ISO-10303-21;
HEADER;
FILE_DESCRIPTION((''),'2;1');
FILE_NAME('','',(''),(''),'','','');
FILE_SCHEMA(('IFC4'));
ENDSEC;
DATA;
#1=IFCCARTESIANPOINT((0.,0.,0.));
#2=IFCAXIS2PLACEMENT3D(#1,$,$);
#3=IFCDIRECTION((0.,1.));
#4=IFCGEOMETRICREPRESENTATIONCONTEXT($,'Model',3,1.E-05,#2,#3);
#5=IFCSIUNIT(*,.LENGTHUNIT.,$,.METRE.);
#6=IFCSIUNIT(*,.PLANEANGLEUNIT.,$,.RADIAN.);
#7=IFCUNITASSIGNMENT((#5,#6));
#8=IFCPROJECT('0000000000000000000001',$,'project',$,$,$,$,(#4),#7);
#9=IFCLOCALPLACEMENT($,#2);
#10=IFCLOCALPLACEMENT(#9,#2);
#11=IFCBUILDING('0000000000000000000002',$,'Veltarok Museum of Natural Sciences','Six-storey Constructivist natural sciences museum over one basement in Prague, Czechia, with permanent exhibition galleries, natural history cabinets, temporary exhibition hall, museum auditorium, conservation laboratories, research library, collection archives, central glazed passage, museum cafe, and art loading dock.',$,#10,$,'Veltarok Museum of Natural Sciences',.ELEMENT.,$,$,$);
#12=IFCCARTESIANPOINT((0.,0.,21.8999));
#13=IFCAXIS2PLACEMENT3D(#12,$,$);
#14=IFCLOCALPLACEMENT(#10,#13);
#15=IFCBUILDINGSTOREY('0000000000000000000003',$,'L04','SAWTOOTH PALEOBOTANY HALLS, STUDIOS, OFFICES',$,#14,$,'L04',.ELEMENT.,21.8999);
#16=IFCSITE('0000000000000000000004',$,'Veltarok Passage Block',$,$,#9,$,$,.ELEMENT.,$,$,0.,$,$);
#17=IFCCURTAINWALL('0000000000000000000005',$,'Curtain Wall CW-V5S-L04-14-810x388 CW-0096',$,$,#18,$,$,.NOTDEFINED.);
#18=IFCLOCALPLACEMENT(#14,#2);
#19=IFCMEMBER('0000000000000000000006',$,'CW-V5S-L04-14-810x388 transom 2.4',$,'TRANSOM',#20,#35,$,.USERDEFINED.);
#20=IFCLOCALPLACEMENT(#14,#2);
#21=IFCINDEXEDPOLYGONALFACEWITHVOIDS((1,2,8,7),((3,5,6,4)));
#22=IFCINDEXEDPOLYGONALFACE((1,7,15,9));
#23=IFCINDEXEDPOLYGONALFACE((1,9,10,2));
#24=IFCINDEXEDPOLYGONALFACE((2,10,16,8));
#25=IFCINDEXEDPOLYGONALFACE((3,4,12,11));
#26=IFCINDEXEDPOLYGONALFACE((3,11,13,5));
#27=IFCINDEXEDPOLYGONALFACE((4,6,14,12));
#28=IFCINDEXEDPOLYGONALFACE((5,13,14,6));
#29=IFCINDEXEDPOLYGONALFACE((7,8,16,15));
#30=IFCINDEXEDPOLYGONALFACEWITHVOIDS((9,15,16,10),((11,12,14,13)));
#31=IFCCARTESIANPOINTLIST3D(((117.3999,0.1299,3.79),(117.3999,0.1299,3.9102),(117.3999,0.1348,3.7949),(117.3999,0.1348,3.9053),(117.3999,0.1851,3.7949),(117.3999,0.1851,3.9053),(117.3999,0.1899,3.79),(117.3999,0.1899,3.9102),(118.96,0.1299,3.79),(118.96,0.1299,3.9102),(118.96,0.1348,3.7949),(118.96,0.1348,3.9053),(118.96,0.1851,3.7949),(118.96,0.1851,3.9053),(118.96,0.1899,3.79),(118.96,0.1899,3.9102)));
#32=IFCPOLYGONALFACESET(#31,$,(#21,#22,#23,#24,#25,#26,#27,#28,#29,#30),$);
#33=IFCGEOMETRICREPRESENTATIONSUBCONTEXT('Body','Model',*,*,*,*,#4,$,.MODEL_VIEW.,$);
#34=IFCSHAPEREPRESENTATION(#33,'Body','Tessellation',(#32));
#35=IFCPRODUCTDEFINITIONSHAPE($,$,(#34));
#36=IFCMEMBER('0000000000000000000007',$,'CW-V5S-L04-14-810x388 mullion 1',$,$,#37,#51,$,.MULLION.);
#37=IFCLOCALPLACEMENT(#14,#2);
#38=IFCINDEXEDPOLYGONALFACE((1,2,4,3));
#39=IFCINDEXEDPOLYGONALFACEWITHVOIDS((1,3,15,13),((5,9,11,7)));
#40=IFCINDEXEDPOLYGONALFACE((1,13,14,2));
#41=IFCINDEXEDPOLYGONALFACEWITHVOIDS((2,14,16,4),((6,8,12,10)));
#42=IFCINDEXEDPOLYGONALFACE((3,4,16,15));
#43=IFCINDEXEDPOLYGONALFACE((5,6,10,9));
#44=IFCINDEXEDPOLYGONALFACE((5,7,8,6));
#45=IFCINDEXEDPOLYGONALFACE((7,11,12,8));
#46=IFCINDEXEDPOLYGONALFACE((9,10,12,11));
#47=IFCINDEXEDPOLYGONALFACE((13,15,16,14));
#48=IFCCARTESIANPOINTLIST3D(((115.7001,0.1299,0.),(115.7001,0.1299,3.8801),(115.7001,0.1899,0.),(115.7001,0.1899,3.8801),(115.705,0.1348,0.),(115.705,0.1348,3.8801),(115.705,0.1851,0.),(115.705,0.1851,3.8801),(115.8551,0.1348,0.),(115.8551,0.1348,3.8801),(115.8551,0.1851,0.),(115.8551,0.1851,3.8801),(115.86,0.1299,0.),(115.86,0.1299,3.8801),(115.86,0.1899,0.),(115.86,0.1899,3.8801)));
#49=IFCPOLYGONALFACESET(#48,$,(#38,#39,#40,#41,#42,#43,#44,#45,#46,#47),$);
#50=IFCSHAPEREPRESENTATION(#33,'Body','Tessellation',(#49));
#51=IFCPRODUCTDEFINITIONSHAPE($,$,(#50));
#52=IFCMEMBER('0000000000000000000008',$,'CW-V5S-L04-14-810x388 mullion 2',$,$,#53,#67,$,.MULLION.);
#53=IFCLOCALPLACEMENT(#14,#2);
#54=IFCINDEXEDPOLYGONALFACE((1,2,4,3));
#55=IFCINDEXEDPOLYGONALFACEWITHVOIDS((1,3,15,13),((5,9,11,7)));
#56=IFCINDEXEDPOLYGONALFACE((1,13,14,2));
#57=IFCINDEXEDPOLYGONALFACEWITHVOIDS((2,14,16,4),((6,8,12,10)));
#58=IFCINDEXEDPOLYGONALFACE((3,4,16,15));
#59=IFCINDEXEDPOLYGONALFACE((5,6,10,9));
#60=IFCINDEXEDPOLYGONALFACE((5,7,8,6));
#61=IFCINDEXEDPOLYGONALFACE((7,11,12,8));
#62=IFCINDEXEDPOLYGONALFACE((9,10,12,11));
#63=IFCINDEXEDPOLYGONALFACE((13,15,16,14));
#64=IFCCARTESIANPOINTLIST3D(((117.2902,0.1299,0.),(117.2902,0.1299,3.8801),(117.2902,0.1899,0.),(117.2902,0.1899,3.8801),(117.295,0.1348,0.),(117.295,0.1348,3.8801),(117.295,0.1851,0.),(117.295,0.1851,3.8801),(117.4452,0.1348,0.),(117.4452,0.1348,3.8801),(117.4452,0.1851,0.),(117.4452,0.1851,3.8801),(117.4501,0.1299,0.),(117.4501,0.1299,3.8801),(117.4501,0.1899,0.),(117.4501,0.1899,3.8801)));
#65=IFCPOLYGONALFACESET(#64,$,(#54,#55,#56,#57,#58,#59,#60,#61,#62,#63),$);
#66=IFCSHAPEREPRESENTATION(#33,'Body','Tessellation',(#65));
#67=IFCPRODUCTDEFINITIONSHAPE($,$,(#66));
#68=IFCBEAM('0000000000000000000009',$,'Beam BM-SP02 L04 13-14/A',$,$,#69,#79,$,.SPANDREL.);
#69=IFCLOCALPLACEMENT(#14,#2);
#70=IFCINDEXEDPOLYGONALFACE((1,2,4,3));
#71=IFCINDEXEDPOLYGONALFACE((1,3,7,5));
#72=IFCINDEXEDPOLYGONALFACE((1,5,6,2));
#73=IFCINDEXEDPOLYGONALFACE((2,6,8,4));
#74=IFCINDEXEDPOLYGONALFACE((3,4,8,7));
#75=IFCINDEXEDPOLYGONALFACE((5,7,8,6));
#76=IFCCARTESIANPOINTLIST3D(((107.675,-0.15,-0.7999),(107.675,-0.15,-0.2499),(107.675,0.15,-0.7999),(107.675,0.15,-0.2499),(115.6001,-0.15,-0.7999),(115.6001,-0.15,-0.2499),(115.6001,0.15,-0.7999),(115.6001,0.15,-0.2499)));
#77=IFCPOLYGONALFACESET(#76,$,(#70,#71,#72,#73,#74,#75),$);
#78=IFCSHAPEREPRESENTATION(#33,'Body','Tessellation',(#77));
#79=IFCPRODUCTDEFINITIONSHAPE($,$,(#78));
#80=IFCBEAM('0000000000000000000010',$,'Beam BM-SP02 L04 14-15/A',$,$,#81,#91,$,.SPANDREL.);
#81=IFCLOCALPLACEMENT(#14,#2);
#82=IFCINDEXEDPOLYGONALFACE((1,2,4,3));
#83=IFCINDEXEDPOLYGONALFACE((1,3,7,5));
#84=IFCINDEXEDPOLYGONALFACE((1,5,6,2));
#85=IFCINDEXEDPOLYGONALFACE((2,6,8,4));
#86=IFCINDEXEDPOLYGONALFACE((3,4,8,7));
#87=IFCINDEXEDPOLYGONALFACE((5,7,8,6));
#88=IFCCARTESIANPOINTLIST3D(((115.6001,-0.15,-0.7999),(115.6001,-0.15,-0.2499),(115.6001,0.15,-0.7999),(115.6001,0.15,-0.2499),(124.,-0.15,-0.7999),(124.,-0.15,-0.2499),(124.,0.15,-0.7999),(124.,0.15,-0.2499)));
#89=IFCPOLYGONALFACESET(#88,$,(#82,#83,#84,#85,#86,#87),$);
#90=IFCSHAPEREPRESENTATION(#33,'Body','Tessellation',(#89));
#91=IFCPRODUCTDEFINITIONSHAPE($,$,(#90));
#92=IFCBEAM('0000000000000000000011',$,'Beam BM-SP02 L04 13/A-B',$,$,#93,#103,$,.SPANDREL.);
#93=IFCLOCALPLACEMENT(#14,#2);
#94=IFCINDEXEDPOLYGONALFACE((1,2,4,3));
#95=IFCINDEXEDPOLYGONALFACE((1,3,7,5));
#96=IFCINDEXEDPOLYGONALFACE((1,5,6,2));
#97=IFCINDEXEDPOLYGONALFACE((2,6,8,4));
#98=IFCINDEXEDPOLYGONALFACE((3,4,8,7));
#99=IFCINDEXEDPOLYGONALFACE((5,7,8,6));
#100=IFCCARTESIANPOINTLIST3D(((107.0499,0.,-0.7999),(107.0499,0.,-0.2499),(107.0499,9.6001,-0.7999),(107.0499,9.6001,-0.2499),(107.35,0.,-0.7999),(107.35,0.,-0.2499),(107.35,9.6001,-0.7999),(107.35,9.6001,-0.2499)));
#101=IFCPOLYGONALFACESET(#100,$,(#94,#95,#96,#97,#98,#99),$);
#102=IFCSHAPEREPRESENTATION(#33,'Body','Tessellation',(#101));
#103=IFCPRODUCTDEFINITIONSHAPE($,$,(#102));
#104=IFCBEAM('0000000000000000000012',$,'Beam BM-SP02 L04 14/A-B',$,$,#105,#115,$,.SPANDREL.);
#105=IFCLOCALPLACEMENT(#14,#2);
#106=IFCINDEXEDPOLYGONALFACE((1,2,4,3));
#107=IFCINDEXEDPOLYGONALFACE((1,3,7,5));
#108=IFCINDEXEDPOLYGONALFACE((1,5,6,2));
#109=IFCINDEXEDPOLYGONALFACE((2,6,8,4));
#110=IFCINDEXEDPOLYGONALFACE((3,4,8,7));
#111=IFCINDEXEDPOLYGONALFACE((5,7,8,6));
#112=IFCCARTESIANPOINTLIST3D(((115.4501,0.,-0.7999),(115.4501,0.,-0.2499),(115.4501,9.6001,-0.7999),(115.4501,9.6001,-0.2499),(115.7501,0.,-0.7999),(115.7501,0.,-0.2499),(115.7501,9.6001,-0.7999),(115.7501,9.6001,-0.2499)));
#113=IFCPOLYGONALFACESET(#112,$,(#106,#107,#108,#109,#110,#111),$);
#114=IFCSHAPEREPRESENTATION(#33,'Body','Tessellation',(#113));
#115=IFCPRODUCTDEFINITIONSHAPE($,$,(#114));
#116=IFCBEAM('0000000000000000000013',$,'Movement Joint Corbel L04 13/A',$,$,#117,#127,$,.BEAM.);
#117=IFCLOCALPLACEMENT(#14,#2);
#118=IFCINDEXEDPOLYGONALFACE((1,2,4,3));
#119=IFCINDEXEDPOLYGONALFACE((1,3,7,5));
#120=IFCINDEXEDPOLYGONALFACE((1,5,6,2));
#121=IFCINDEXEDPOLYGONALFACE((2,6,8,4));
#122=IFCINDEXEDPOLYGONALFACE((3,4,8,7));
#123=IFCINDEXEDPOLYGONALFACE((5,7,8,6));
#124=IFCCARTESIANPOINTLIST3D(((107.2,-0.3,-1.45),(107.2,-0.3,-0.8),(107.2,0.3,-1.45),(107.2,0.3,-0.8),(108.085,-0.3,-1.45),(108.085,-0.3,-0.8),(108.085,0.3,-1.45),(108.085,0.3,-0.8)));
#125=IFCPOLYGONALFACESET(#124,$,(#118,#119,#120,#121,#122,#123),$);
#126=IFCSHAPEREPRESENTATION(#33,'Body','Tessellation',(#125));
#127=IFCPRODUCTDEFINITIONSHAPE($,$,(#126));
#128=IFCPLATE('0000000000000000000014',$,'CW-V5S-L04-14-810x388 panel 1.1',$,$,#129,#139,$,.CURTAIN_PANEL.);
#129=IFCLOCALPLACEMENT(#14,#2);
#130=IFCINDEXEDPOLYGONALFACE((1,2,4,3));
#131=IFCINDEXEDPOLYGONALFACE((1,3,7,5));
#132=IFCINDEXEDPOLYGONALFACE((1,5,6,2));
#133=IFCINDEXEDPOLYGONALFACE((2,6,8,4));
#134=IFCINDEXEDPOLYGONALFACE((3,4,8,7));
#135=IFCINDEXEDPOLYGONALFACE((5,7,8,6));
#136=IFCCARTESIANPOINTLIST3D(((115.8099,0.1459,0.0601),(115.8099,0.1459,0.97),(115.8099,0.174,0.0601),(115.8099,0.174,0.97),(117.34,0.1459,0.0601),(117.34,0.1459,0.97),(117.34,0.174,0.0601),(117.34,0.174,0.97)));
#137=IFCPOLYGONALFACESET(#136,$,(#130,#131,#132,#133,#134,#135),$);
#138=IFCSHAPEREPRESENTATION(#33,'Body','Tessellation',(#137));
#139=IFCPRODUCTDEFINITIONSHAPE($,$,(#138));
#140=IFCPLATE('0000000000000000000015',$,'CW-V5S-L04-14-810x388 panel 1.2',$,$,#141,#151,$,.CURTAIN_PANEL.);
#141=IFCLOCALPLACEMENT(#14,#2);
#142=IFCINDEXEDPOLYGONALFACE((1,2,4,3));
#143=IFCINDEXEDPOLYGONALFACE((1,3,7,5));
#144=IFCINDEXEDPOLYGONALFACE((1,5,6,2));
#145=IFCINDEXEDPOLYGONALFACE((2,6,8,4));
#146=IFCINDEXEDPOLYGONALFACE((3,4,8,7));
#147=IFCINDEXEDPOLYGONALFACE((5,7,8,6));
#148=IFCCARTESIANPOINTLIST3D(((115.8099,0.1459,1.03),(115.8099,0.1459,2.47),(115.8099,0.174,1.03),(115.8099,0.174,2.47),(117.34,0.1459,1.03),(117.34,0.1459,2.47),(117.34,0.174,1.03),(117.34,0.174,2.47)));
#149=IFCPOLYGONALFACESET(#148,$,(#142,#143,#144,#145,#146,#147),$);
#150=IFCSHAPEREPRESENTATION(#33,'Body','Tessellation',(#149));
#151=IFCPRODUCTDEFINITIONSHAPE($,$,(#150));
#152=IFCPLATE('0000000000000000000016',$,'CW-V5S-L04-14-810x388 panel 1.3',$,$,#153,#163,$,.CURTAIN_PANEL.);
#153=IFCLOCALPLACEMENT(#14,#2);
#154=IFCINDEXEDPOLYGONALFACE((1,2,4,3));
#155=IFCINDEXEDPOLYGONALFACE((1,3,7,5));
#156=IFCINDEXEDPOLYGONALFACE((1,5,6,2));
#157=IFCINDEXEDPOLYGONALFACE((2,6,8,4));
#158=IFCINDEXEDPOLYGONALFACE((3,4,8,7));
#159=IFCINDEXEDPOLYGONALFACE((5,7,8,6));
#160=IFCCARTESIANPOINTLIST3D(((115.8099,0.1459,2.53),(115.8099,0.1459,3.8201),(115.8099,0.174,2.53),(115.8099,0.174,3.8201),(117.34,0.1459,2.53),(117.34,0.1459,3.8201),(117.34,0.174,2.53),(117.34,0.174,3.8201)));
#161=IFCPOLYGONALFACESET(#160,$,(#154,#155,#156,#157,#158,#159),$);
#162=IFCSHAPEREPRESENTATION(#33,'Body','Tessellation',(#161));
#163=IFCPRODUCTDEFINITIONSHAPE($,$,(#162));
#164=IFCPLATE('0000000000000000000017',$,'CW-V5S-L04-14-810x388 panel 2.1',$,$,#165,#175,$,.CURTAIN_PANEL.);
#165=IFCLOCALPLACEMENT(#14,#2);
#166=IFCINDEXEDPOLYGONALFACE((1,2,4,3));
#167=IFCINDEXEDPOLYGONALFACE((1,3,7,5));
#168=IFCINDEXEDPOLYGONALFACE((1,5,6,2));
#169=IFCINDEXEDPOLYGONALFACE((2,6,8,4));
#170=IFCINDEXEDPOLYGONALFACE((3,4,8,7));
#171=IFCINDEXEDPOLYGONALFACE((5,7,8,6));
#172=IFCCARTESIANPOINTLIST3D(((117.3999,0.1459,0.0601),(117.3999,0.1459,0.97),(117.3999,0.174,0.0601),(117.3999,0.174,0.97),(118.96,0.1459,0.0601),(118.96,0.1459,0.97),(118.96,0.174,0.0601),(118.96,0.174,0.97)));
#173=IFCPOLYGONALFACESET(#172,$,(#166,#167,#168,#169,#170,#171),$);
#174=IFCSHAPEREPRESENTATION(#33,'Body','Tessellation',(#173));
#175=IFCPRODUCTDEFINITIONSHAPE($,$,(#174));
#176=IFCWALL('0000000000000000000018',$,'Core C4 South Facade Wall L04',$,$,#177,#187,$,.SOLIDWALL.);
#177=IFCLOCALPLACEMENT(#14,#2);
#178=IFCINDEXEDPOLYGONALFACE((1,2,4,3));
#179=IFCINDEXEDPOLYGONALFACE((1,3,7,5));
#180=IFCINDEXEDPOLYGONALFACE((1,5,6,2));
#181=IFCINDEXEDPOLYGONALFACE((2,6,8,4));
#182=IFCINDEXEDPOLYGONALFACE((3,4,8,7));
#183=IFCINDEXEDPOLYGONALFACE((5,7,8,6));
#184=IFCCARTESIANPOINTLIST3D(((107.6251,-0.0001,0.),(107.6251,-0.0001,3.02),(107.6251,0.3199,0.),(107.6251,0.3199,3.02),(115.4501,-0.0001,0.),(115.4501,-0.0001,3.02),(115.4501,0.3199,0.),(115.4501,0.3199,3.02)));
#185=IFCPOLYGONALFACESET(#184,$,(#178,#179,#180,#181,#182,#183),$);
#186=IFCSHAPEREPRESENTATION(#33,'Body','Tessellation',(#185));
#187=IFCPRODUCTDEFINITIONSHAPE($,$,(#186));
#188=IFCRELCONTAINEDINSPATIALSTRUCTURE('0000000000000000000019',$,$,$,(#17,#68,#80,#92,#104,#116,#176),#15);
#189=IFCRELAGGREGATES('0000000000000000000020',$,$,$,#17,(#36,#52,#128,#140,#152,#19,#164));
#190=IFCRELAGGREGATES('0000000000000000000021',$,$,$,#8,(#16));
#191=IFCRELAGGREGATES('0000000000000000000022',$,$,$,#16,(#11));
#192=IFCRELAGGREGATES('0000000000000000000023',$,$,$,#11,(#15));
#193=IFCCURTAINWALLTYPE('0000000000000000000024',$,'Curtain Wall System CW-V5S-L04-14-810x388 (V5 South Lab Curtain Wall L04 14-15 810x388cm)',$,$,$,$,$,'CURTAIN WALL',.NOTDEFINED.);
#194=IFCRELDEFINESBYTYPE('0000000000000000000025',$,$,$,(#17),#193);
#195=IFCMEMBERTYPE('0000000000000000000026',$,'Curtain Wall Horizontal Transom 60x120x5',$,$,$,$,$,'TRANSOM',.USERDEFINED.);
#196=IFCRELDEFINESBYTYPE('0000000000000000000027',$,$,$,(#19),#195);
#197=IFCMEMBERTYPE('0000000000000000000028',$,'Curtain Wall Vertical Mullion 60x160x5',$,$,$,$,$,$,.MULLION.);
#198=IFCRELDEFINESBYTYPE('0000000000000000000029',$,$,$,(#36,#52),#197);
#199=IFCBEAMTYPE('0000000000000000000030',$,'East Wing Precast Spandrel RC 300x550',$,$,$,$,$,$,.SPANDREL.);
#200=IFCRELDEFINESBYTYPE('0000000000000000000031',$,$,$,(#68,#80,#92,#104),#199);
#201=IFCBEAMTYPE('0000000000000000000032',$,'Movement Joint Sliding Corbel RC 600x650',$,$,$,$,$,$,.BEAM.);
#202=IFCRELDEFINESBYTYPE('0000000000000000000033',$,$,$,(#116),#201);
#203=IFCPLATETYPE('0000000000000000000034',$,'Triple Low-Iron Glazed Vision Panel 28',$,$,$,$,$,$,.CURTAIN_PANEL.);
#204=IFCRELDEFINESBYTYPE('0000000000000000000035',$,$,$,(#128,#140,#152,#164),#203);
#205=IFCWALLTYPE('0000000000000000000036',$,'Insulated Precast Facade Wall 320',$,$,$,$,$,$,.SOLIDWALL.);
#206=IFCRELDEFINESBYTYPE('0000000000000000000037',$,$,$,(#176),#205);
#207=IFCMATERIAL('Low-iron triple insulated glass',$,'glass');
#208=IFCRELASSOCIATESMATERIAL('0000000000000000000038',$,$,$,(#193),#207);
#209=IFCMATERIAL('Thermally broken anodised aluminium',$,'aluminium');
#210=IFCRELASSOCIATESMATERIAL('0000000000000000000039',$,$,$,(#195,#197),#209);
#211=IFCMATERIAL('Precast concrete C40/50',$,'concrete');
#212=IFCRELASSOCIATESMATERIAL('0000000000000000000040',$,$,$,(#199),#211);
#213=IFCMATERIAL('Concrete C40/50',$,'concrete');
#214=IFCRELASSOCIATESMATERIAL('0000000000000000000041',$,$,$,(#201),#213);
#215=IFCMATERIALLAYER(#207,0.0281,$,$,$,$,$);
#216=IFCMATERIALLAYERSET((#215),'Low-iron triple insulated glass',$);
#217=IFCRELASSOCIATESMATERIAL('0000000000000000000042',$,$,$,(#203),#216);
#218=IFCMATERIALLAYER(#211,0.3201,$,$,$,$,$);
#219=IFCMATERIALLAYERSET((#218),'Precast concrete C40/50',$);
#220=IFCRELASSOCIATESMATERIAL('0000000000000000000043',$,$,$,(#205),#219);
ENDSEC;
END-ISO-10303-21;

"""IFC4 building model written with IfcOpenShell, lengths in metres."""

from ifc_helpers import new_model, si_unit, direction, frame, frame_2d, origin, origin_2d, place, context, subcontext, project, spatial, rectangle, hollow_rectangle, extrude, material, layer, layer_set, material_profile, profile_set, type_object, element, aggregate, save


model = new_model("IFC4")

# Units and contexts
model_context = context("Model", 3, precision=1e-05, world=origin(), true_north=direction((0.0, 1.0)))
body_context = subcontext(model_context, "Body", "Model", "MODEL_VIEW")
ifc_project = project(units=[si_unit("LENGTHUNIT", "METRE"), si_unit("PLANEANGLEUNIT", "RADIAN")], contexts=[model_context])

# Site, building, storey
site_placement = place(None, origin())
site = spatial("IfcSite", under=ifc_project, at=site_placement, Name="Veltarok Passage Block", CompositionType="ELEMENT", RefElevation=0.0)
building_placement = place(site_placement, origin())
building = spatial("IfcBuilding", under=site, at=building_placement, Name="Veltarok Museum of Natural Sciences", Description="Six-storey Constructivist natural sciences museum over one basement in Prague, Czechia, with permanent exhibition galleries, natural history cabinets, temporary exhibition hall, museum auditorium, conservation laboratories, research library, collection archives, central glazed passage, museum cafe, and art loading dock.", LongName="Veltarok Museum of Natural Sciences", CompositionType="ELEMENT")
storey_placement = place(building_placement, frame((0.0, 0.0, 21.8999)))
storey = spatial("IfcBuildingStorey", under=building, at=storey_placement, Name="L04", Description="SAWTOOTH PALEOBOTANY HALLS, STUDIOS, OFFICES", LongName="L04", CompositionType="ELEMENT", Elevation=21.8999)

# Shared definitions
ifc_material_1 = material(Name="Concrete C40/50", Category="concrete")

# Curtain wall, members
ifc_material_2 = material(Name="Low-iron triple insulated glass", Category="glass")
curtain_wall_type = type_object("IfcCurtainWallType", Name="Curtain Wall System CW-V5S-L04-14-810x388 (V5 South Lab Curtain Wall L04 14-15 810x388cm)", ElementType="CURTAIN WALL", PredefinedType="NOTDEFINED", material=ifc_material_2)
curtain_wall_placement = place(storey_placement, origin())
curtain_wall = element("IfcCurtainWall", 1, at=curtain_wall_placement, inside=storey, type_object=curtain_wall_type, Name="Curtain Wall CW-V5S-L04-14-810x388 CW-0096", PredefinedType="NOTDEFINED")
ifc_material_3 = material(Name="Thermally broken anodised aluminium", Category="aluminium")
ifc_material_profile_1 = material_profile(ifc_material_3, hollow_rectangle(XDim=0.0601, YDim=0.1201, WallThickness=0.0049, at=origin_2d()), Name="CW TRANSOM 60x120x5")
ifc_profile_set_1 = profile_set([ifc_material_profile_1], Name="Thermally broken anodised aluminium")
member_type_1 = type_object("IfcMemberType", Name="Curtain Wall Horizontal Transom 60x120x5", ElementType="TRANSOM", PredefinedType="USERDEFINED", material=ifc_profile_set_1)
member_1_placement = place(storey_placement, frame((117.3999, 0.1599, 3.8501), z_axis=(1.0, 0.0, 0.0), x_axis=(0.0, 1.0, 0.0)))
member_1 = element("IfcMember", 2, at=member_1_placement, type_object=member_type_1, Name="CW-V5S-L04-14-810x388 transom 2.4", ObjectType="TRANSOM", PredefinedType="USERDEFINED", context=body_context, shape_type="SweptSolid", body=[
    extrude(hollow_rectangle(XDim=0.0601, YDim=0.1201, WallThickness=0.0049, at=origin_2d()), origin(), (0.0, 0.0, 1.0), 1.5601),
])
ifc_material_profile_2 = material_profile(ifc_material_3, hollow_rectangle(XDim=0.0601, YDim=0.1599, WallThickness=0.0049, at=origin_2d()), Name="CW MULLION 60x160x5")
ifc_profile_set_2 = profile_set([ifc_material_profile_2], Name="Thermally broken anodised aluminium")
member_type_2 = type_object("IfcMemberType", Name="Curtain Wall Vertical Mullion 60x160x5", PredefinedType="MULLION", material=ifc_profile_set_2)
member_2_placement = place(storey_placement, frame((115.78, 0.1599, 0.0), z_axis=(0.0, 0.0, 1.0), x_axis=(0.0, 1.0, 0.0)))
member_2 = element("IfcMember", 3, at=member_2_placement, type_object=member_type_2, Name="CW-V5S-L04-14-810x388 mullion 1", PredefinedType="MULLION", context=body_context, shape_type="SweptSolid", body=[
    extrude(hollow_rectangle(XDim=0.0601, YDim=0.1599, WallThickness=0.0049, at=origin_2d()), origin(), (0.0, 0.0, 1.0), 3.8801),
])
member_3_placement = place(storey_placement, frame((117.3701, 0.1599, 0.0), z_axis=(0.0, 0.0, 1.0), x_axis=(0.0, 1.0, 0.0)))
member_3 = element("IfcMember", 4, at=member_3_placement, type_object=member_type_2, Name="CW-V5S-L04-14-810x388 mullion 2", PredefinedType="MULLION", context=body_context, shape_type="SweptSolid", body=[
    extrude(hollow_rectangle(XDim=0.0601, YDim=0.1599, WallThickness=0.0049, at=origin_2d()), origin(), (0.0, 0.0, 1.0), 3.8801),
])

# Beams
ifc_material_4 = material(Name="Precast concrete C40/50", Category="concrete")
ifc_material_profile_3 = material_profile(ifc_material_4, rectangle(XDim=0.3, YDim=0.55, at=origin_2d()), Name="RC 300x550")
ifc_profile_set_3 = profile_set([ifc_material_profile_3], Name="Precast concrete C40/50")
beam_type_1 = type_object("IfcBeamType", Name="East Wing Precast Spandrel RC 300x550", PredefinedType="SPANDREL", material=ifc_profile_set_3)
beam_1_placement = place(storey_placement, frame((107.675, 0.0, -0.5249), z_axis=(1.0, 0.0, 0.0), x_axis=(0.0, 1.0, 0.0)))
element("IfcBeam", 5, at=beam_1_placement, inside=storey, type_object=beam_type_1, Name="Beam BM-SP02 L04 13-14/A", PredefinedType="SPANDREL", context=body_context, shape_type="SweptSolid", body=[
    extrude(rectangle(XDim=0.3, YDim=0.55, at=origin_2d()), origin(), (0.0, 0.0, 1.0), 7.925),
])
beam_2_placement = place(storey_placement, frame((115.6001, 0.0, -0.5249), z_axis=(1.0, 0.0, 0.0), x_axis=(0.0, 1.0, 0.0)))
element("IfcBeam", 6, at=beam_2_placement, inside=storey, type_object=beam_type_1, Name="Beam BM-SP02 L04 14-15/A", PredefinedType="SPANDREL", context=body_context, shape_type="SweptSolid", body=[
    extrude(rectangle(XDim=0.3, YDim=0.55, at=origin_2d()), origin(), (0.0, 0.0, 1.0), 8.3999),
])
for number, where, z_axis, x_axis, name in (
    (7, (107.2, 0.0, -0.5249), (0.0, 1.0, 0.0), (-1.0, 0.0, 0.0), "Beam BM-SP02 L04 13/A-B"),
    (8, (115.6001, 0.0, -0.5249), (0.0, 1.0, 0.0), (-1.0, 0.0, 0.0), "Beam BM-SP02 L04 14/A-B"),
):
    element("IfcBeam", number, at=place(storey_placement, frame(where, z_axis=z_axis, x_axis=x_axis)), inside=storey, type_object=beam_type_1, Name=name, PredefinedType="SPANDREL", context=body_context, shape_type="SweptSolid", body=[
        extrude(rectangle(XDim=0.3, YDim=0.55, at=origin_2d()), origin(), (0.0, 0.0, 1.0), 9.6001),
    ])
ifc_material_profile_4 = material_profile(ifc_material_1, rectangle(XDim=0.6001, YDim=0.6499, at=origin_2d()), Name="RC 600x650")
ifc_profile_set_4 = profile_set([ifc_material_profile_4], Name="Concrete C40/50")
beam_type_2 = type_object("IfcBeamType", Name="Movement Joint Sliding Corbel RC 600x650", PredefinedType="BEAM", material=ifc_profile_set_4)
beam_3_placement = place(storey_placement, frame((107.2, 0.0, -1.125), z_axis=(1.0, 0.0, 0.0), x_axis=(0.0, 1.0, 0.0)))
element("IfcBeam", 9, at=beam_3_placement, inside=storey, type_object=beam_type_2, Name="Movement Joint Corbel L04 13/A", PredefinedType="BEAM", context=body_context, shape_type="SweptSolid", body=[
    extrude(rectangle(XDim=0.6001, YDim=0.6499, at=origin_2d()), origin(), (0.0, 0.0, 1.0), 0.885),
])

# Plates
ifc_layer_1 = layer(ifc_material_2, 0.0281)
ifc_layer_set_1 = layer_set([ifc_layer_1], Name="Low-iron triple insulated glass")
plate_type = type_object("IfcPlateType", Name="Triple Low-Iron Glazed Vision Panel 28", PredefinedType="CURTAIN_PANEL", material=ifc_layer_set_1)
plate_1_placement = place(storey_placement, frame((116.575, 0.1599, 0.0601), z_axis=(0.0, 0.0, 1.0), x_axis=(1.0, 0.0, 0.0)))
plate_1 = element("IfcPlate", 10, at=plate_1_placement, type_object=plate_type, Name="CW-V5S-L04-14-810x388 panel 1.1", PredefinedType="CURTAIN_PANEL", context=body_context, shape_type="SweptSolid", body=[
    extrude(rectangle(XDim=1.53, YDim=0.0281, at=origin_2d()), origin(), (0.0, 0.0, 1.0), 0.9099),
])
plate_2_placement = place(storey_placement, frame((116.575, 0.1599, 1.03), z_axis=(0.0, 0.0, 1.0), x_axis=(1.0, 0.0, 0.0)))
plate_2 = element("IfcPlate", 11, at=plate_2_placement, type_object=plate_type, Name="CW-V5S-L04-14-810x388 panel 1.2", PredefinedType="CURTAIN_PANEL", context=body_context, shape_type="SweptSolid", body=[
    extrude(rectangle(XDim=1.53, YDim=0.0281, at=origin_2d()), origin(), (0.0, 0.0, 1.0), 1.4399),
])
plate_3_placement = place(storey_placement, frame((116.575, 0.1599, 2.53), z_axis=(0.0, 0.0, 1.0), x_axis=(1.0, 0.0, 0.0)))
plate_3 = element("IfcPlate", 12, at=plate_3_placement, type_object=plate_type, Name="CW-V5S-L04-14-810x388 panel 1.3", PredefinedType="CURTAIN_PANEL", context=body_context, shape_type="SweptSolid", body=[
    extrude(rectangle(XDim=1.53, YDim=0.0281, at=origin_2d()), origin(), (0.0, 0.0, 1.0), 1.29),
])
plate_4_placement = place(storey_placement, frame((118.1799, 0.1599, 0.0601), z_axis=(0.0, 0.0, 1.0), x_axis=(1.0, 0.0, 0.0)))
plate_4 = element("IfcPlate", 13, at=plate_4_placement, type_object=plate_type, Name="CW-V5S-L04-14-810x388 panel 2.1", PredefinedType="CURTAIN_PANEL", context=body_context, shape_type="SweptSolid", body=[
    extrude(rectangle(XDim=1.5601, YDim=0.0281, at=origin_2d()), origin(), (0.0, 0.0, 1.0), 0.9099),
])
aggregate(curtain_wall, [member_2, member_3, plate_1, plate_2, plate_3, member_1, plate_4])

# Wall
ifc_layer_2 = layer(ifc_material_4, 0.3201)
ifc_layer_set_2 = layer_set([ifc_layer_2], Name="Precast concrete C40/50")
wall_type_1 = type_object("IfcWallType", Name="Insulated Precast Facade Wall 320", PredefinedType="SOLIDWALL", material=ifc_layer_set_2)
wall_1_placement = place(storey_placement, frame((107.625, 0.1599, 0.0), z_axis=(0.0, 0.0, 1.0), x_axis=(1.0, 0.0, 0.0)))
element("IfcWall", 14, at=wall_1_placement, inside=storey, type_object=wall_type_1, Name="Core C4 South Facade Wall L04", PredefinedType="SOLIDWALL", context=body_context, shape_type="SweptSolid", body=[
    extrude(rectangle(XDim=7.825, YDim=0.3201, at=frame_2d((3.9126, 0.0))), origin(), (0.0, 0.0, 1.0), 3.02),
])

save(model, "model.ifc")
